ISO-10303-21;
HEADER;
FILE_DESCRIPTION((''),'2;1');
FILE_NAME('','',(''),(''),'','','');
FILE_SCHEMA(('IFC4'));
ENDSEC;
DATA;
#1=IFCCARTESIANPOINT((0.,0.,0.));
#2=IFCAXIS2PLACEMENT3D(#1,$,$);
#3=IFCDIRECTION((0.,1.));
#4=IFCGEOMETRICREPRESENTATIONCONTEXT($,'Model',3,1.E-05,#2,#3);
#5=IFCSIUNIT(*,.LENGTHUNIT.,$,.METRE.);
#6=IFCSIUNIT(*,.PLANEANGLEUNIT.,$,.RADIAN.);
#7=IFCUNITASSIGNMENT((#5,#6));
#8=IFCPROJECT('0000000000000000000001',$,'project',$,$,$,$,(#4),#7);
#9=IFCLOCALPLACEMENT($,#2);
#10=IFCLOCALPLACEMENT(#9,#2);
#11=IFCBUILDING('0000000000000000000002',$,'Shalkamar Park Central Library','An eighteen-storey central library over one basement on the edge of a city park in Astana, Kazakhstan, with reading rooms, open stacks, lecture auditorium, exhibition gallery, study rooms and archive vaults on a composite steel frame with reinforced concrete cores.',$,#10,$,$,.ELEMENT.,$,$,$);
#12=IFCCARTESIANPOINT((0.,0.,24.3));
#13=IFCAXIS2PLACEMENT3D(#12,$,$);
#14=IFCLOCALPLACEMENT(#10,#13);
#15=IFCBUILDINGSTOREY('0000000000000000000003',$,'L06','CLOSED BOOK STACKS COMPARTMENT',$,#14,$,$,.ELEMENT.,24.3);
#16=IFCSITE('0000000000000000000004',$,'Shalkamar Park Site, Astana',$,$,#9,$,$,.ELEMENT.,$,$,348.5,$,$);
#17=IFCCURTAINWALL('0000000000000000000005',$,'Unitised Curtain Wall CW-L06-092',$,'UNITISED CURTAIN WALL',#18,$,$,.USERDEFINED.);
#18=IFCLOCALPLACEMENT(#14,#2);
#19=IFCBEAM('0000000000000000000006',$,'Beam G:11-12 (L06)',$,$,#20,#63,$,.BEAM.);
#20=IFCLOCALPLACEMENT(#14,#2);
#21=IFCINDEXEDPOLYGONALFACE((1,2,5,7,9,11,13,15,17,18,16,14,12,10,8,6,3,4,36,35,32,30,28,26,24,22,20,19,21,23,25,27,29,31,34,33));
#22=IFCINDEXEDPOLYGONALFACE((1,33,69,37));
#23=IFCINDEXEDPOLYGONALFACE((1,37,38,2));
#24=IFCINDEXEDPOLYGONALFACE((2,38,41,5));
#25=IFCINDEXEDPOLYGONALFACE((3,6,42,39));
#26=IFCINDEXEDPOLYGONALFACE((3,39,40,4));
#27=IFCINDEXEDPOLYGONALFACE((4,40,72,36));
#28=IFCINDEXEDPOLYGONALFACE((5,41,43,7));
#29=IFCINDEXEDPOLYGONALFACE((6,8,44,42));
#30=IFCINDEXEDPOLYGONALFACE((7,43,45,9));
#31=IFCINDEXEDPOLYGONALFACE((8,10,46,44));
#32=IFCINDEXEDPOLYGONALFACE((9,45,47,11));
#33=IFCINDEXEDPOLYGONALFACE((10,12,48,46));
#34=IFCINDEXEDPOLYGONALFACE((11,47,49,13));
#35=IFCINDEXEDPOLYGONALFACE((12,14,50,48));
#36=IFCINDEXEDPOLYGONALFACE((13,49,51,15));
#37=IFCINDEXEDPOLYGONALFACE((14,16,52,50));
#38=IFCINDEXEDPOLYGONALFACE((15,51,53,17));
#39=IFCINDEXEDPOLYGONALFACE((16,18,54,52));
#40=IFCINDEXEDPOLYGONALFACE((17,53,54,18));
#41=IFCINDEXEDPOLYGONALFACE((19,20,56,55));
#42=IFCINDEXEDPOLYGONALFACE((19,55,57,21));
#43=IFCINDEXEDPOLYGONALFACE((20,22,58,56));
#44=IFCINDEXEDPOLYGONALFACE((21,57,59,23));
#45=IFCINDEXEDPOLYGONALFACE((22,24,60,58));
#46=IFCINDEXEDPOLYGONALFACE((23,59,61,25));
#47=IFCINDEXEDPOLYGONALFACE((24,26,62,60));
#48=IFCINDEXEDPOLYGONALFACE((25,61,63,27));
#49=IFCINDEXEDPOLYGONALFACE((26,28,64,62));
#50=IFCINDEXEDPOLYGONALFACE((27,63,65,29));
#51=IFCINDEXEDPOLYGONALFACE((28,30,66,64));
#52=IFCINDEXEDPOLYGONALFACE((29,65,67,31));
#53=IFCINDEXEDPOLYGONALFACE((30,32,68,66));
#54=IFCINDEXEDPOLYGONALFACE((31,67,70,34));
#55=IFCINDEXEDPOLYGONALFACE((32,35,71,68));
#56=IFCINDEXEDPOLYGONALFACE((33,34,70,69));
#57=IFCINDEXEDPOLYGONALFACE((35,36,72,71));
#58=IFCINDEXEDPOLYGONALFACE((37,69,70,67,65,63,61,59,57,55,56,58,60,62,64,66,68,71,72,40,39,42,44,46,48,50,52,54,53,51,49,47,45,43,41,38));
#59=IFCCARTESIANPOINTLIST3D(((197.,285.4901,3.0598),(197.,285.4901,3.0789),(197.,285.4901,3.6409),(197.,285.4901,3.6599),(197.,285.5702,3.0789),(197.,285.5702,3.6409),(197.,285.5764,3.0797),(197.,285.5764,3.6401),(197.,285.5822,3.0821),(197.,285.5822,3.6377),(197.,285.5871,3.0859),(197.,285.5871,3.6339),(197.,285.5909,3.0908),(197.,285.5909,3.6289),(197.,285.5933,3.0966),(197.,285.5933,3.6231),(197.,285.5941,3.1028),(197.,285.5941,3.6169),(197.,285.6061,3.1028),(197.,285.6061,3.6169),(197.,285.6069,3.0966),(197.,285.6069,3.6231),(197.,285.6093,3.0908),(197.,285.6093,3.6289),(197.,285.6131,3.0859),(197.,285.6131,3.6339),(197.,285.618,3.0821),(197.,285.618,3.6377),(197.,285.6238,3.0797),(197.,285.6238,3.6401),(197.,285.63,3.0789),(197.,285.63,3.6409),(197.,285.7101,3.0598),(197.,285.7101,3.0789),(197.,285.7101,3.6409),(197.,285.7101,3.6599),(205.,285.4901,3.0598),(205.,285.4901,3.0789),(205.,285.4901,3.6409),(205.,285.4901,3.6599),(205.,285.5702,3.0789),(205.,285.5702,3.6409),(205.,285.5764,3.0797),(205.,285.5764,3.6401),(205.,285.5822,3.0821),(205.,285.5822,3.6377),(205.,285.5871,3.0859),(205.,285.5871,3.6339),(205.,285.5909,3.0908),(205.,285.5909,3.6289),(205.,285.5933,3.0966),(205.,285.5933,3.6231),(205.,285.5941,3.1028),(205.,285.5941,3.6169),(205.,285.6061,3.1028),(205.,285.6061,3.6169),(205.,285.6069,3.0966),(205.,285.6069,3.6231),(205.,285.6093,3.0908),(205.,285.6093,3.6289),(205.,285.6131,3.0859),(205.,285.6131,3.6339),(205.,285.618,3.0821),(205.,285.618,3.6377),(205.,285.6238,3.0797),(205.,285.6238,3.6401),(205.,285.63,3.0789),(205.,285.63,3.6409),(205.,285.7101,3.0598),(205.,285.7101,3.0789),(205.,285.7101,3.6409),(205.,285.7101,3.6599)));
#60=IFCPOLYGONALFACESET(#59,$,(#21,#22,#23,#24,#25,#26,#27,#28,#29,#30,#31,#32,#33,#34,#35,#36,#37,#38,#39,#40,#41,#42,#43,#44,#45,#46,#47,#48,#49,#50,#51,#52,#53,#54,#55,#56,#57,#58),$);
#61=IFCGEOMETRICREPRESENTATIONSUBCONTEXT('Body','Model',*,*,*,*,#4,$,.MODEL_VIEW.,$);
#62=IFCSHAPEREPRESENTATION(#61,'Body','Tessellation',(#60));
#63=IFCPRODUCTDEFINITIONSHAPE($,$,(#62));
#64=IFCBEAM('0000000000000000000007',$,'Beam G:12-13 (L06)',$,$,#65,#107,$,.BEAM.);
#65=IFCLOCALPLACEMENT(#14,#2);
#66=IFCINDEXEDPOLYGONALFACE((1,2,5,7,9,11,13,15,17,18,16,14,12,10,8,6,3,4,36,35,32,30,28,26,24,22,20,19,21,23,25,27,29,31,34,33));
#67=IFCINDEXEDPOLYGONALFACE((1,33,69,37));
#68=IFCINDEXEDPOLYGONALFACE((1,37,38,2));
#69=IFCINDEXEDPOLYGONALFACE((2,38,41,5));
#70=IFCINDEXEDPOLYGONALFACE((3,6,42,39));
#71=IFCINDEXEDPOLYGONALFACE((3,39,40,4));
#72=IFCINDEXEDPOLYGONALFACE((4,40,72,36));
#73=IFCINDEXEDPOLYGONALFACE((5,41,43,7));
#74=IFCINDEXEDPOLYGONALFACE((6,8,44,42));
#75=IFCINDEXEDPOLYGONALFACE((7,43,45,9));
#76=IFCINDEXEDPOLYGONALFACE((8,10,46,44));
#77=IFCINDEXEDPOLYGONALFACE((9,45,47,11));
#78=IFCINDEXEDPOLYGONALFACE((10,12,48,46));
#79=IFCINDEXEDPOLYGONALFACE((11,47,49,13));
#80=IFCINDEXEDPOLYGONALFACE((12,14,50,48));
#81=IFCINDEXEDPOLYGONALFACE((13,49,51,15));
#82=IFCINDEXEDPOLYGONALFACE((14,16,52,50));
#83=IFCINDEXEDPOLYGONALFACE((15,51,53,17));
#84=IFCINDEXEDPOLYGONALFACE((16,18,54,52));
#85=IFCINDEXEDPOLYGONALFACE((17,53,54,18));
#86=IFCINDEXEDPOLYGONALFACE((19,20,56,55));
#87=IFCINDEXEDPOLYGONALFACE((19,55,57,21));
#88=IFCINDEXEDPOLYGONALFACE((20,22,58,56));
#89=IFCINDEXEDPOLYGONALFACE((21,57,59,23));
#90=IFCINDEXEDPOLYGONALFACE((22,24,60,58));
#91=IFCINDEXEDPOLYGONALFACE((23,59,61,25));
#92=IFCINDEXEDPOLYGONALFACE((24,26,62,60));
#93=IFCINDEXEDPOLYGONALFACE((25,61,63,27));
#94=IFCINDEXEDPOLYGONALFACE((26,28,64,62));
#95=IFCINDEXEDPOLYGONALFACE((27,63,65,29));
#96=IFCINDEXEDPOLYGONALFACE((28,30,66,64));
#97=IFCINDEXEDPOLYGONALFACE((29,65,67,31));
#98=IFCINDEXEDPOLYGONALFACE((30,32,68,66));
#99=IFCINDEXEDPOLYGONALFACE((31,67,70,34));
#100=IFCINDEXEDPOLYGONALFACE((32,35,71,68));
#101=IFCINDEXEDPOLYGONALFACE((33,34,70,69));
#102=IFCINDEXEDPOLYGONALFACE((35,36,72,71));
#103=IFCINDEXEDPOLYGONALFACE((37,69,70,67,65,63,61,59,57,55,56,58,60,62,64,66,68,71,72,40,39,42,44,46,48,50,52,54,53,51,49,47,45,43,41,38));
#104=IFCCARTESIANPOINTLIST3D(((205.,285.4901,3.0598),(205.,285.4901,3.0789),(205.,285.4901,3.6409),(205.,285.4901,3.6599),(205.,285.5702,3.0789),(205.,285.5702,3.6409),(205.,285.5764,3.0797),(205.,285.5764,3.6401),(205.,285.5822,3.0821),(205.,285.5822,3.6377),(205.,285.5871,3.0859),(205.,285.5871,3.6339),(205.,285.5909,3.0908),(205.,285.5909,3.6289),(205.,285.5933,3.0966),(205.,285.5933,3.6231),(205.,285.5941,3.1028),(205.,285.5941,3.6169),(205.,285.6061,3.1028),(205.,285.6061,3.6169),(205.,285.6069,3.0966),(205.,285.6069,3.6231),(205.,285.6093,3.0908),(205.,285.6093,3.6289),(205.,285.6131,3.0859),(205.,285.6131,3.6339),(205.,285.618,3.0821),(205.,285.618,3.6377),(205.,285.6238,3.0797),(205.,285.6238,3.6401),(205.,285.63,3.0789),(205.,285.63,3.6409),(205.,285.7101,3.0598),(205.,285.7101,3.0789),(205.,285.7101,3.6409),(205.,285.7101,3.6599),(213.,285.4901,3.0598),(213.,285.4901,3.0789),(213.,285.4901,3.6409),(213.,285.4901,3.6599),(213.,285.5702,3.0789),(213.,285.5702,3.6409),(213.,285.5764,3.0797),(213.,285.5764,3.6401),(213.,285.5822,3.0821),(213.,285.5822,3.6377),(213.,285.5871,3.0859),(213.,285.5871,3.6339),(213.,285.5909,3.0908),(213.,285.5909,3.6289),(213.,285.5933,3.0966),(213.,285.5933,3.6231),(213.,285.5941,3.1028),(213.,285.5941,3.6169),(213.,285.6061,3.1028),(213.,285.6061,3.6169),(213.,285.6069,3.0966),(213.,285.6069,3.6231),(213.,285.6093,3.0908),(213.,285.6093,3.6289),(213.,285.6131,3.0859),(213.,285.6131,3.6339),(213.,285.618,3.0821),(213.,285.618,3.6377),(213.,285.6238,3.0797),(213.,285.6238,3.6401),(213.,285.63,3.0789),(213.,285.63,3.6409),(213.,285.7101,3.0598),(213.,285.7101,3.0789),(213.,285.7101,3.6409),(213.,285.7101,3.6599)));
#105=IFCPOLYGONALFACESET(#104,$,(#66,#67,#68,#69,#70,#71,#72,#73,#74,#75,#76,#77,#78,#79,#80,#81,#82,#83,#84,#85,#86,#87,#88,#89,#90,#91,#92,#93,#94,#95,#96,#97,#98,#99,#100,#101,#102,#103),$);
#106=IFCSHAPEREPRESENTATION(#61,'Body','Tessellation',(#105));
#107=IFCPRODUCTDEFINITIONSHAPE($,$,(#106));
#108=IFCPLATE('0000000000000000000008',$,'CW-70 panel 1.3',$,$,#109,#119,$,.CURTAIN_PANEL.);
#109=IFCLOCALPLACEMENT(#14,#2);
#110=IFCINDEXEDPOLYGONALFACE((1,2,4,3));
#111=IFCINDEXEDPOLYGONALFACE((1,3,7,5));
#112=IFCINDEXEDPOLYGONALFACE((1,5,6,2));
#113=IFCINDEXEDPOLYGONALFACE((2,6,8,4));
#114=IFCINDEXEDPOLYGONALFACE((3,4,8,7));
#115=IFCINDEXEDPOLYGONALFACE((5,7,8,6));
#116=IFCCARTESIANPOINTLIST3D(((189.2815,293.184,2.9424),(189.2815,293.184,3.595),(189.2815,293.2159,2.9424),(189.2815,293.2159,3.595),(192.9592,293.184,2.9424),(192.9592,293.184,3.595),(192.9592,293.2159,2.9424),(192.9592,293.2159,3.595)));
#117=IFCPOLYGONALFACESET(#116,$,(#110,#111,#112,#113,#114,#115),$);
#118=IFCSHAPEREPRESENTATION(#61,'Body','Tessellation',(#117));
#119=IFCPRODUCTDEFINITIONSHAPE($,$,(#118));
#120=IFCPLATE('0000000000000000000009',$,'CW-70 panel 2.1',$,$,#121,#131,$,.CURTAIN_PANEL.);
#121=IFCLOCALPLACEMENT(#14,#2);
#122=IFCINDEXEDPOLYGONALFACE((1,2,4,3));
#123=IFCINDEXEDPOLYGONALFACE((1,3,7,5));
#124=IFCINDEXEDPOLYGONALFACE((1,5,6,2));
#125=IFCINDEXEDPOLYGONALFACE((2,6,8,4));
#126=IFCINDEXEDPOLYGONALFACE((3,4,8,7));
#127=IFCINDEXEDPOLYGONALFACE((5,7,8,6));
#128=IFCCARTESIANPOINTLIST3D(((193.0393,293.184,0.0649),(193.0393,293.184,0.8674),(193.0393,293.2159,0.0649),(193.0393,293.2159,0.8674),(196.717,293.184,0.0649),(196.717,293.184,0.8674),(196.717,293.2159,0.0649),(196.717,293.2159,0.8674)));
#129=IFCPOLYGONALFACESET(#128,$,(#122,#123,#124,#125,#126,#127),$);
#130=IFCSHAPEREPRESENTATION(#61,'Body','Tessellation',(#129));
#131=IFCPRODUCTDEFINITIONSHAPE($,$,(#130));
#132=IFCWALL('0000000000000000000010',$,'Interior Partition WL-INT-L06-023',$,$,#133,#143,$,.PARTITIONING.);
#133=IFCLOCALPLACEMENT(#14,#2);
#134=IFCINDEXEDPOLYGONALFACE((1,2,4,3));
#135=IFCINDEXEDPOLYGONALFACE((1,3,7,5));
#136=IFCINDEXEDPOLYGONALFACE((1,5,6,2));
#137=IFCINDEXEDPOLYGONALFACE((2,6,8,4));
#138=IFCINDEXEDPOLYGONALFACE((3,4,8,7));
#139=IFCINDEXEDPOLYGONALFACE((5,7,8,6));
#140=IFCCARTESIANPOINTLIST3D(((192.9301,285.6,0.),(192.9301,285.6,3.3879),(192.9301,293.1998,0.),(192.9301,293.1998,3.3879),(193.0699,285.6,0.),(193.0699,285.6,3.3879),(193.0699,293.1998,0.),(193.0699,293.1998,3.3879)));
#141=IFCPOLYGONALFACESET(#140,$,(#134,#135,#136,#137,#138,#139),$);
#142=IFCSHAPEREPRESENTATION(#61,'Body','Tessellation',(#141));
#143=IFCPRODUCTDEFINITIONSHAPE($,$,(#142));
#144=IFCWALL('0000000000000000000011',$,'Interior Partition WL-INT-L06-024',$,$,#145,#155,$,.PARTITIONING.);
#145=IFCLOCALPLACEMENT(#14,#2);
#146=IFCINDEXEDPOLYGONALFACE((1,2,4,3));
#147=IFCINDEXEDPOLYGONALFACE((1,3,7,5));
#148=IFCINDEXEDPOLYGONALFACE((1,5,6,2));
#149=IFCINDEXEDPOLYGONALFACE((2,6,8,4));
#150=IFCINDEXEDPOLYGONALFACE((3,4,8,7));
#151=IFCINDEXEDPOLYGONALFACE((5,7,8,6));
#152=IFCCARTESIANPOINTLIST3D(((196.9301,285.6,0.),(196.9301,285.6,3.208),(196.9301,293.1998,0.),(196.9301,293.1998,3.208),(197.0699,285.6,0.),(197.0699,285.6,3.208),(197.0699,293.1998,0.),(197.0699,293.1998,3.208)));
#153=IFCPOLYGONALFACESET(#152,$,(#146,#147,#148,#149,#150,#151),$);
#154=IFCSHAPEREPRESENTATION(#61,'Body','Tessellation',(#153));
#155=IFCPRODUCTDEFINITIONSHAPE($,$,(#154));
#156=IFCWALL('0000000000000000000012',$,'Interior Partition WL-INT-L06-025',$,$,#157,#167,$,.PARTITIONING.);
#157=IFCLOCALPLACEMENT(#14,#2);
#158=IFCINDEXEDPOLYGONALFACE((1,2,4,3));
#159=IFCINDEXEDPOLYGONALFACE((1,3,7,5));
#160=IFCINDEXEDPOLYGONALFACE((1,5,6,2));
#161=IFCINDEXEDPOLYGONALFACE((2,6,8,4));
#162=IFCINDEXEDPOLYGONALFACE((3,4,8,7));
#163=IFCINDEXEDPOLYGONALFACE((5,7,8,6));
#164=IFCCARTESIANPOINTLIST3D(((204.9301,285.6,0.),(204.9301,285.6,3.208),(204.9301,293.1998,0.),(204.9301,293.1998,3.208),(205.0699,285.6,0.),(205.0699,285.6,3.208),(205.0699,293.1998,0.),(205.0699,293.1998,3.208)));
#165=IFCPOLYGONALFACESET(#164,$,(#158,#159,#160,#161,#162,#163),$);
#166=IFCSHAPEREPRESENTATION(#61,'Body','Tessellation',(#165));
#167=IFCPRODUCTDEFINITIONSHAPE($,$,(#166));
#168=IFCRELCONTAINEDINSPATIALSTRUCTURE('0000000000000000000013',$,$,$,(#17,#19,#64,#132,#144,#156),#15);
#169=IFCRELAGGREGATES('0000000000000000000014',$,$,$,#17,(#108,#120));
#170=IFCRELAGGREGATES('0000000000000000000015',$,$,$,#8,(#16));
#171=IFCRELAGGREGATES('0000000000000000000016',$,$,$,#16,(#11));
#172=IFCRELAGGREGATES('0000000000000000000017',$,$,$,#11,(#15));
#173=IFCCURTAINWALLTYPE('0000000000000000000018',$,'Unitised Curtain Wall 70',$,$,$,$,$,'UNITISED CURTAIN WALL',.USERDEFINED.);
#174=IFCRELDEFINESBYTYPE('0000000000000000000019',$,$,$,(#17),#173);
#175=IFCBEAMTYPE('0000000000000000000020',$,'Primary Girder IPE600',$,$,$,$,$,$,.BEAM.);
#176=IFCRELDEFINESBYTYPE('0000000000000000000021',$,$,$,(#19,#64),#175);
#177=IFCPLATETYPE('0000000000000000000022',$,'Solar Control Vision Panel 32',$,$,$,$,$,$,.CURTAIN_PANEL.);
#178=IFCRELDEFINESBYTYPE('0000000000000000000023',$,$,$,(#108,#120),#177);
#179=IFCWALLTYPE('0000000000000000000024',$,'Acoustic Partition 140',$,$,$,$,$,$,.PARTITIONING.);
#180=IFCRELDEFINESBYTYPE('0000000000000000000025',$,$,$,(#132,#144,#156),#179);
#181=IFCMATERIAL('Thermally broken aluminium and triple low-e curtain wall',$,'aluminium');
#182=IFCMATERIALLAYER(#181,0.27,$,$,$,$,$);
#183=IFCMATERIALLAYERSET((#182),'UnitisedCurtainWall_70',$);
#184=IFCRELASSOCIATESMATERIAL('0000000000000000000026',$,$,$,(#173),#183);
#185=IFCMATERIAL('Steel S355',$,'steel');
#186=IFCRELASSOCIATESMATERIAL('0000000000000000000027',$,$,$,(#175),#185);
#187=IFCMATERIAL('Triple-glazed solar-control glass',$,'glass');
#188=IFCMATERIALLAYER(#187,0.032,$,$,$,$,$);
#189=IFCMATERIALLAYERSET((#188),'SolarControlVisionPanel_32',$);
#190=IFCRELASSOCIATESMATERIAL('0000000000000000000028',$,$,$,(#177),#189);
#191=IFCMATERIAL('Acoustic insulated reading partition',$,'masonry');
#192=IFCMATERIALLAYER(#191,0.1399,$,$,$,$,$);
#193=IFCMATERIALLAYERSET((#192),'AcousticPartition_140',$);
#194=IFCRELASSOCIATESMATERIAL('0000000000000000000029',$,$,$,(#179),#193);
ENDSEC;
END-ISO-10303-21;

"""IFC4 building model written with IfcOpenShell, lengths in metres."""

from ifc_helpers import new_model, si_unit, direction, frame, frame_2d, origin, origin_2d, place, context, subcontext, project, spatial, rectangle, i_section, extrude, material, layer, layer_set, material_profile, profile_set, type_object, element, aggregate, save


model = new_model("IFC4")

# Units and contexts
model_context = context("Model", 3, precision=1e-05, world=origin(), true_north=direction((0.0, 1.0)))
body_context = subcontext(model_context, "Body", "Model", "MODEL_VIEW")
ifc_project = project(units=[si_unit("LENGTHUNIT", "METRE"), si_unit("PLANEANGLEUNIT", "RADIAN")], contexts=[model_context])

# Site, building, storey
site_placement = place(None, origin())
site = spatial("IfcSite", under=ifc_project, at=site_placement, Name="Shalkamar Park Site, Astana", CompositionType="ELEMENT", RefElevation=348.5)
building_placement = place(site_placement, origin())
building = spatial("IfcBuilding", under=site, at=building_placement, Name="Shalkamar Park Central Library", Description="An eighteen-storey central library over one basement on the edge of a city park in Astana, Kazakhstan, with reading rooms, open stacks, lecture auditorium, exhibition gallery, study rooms and archive vaults on a composite steel frame with reinforced concrete cores.", CompositionType="ELEMENT")
storey_placement = place(building_placement, frame((0.0, 0.0, 24.3)))
storey = spatial("IfcBuildingStorey", under=building, at=storey_placement, Name="L06", Description="CLOSED BOOK STACKS COMPARTMENT", CompositionType="ELEMENT", Elevation=24.3)

# Shared definitions
ifc_material_1 = material(Name="Steel S355", Category="steel")

# Curtain wall
ifc_material_2 = material(Name="Thermally broken aluminium and triple low-e curtain wall", Category="aluminium")
ifc_layer_1 = layer(ifc_material_2, 0.27)
ifc_layer_set_1 = layer_set([ifc_layer_1], Name="UnitisedCurtainWall_70")
curtain_wall_type = type_object("IfcCurtainWallType", Name="Unitised Curtain Wall 70", ElementType="UNITISED CURTAIN WALL", PredefinedType="USERDEFINED", material=ifc_layer_set_1)
curtain_wall_placement = place(storey_placement, origin())
curtain_wall = element("IfcCurtainWall", 1, at=curtain_wall_placement, inside=storey, type_object=curtain_wall_type, Name="Unitised Curtain Wall CW-L06-092", ObjectType="UNITISED CURTAIN WALL", PredefinedType="USERDEFINED")

# Beams
ifc_material_profile_1 = material_profile(ifc_material_1, i_section(OverallWidth=0.22, OverallDepth=0.6001, WebThickness=0.012, FlangeThickness=0.019, FilletRadius=0.0239, at=origin_2d()), Name="IPE 600")
ifc_profile_set_1 = profile_set([ifc_material_profile_1], Name="Steel S355")
beam_type_1 = type_object("IfcBeamType", Name="Primary Girder IPE600", PredefinedType="BEAM", material=ifc_profile_set_1)
for number, where, z_axis, x_axis, name in (
    (2, (197.0, 285.6001, 3.3599), (1.0, 0.0, 0.0), (0.0, 1.0, 0.0), "Beam G:11-12 (L06)"),
    (3, (205.0, 285.6001, 3.3599), (1.0, 0.0, 0.0), (0.0, 1.0, 0.0), "Beam G:12-13 (L06)"),
):
    element("IfcBeam", number, at=place(storey_placement, frame(where, z_axis=z_axis, x_axis=x_axis)), inside=storey, type_object=beam_type_1, Name=name, PredefinedType="BEAM", context=body_context, shape_type="SweptSolid", body=[
        extrude(i_section(OverallWidth=0.22, OverallDepth=0.6001, WebThickness=0.012, FlangeThickness=0.019, FilletRadius=0.0239, at=origin_2d()), origin(), (0.0, 0.0, 1.0), 8.0),
    ])

# Plates
ifc_material_3 = material(Name="Triple-glazed solar-control glass", Category="glass")
ifc_layer_2 = layer(ifc_material_3, 0.032)
ifc_layer_set_2 = layer_set([ifc_layer_2], Name="SolarControlVisionPanel_32")
plate_type = type_object("IfcPlateType", Name="Solar Control Vision Panel 32", PredefinedType="CURTAIN_PANEL", material=ifc_layer_set_2)
plate_1_placement = place(storey_placement, frame((191.1204, 293.2, 2.9424), z_axis=(0.0, 0.0, 1.0), x_axis=(1.0, 0.0, 0.0)))
plate_1 = element("IfcPlate", 4, at=plate_1_placement, type_object=plate_type, Name="CW-70 panel 1.3", PredefinedType="CURTAIN_PANEL", context=body_context, shape_type="SweptSolid", body=[
    extrude(rectangle(XDim=3.6777, YDim=0.032, at=origin_2d()), origin(), (0.0, 0.0, 1.0), 0.6526),
])
plate_2_placement = place(storey_placement, frame((194.8782, 293.2, 0.0649), z_axis=(0.0, 0.0, 1.0), x_axis=(1.0, 0.0, 0.0)))
plate_2 = element("IfcPlate", 5, at=plate_2_placement, type_object=plate_type, Name="CW-70 panel 2.1", PredefinedType="CURTAIN_PANEL", context=body_context, shape_type="SweptSolid", body=[
    extrude(rectangle(XDim=3.6777, YDim=0.032, at=origin_2d()), origin(), (0.0, 0.0, 1.0), 0.8025),
])
aggregate(curtain_wall, [plate_1, plate_2])

# Walls
ifc_material_4 = material(Name="Acoustic insulated reading partition", Category="masonry")
ifc_layer_3 = layer(ifc_material_4, 0.1399)
ifc_layer_set_3 = layer_set([ifc_layer_3], Name="AcousticPartition_140")
wall_type = type_object("IfcWallType", Name="Acoustic Partition 140", PredefinedType="PARTITIONING", material=ifc_layer_set_3)
wall_placement = place(storey_placement, frame((193.0, 285.6001, 0.0), z_axis=(0.0, 0.0, 1.0), x_axis=(0.0, 1.0, 0.0)))
element("IfcWall", 6, at=wall_placement, inside=storey, type_object=wall_type, Name="Interior Partition WL-INT-L06-023", PredefinedType="PARTITIONING", context=body_context, shape_type="SweptSolid", body=[
    extrude(rectangle(XDim=7.5999, YDim=0.1399, at=frame_2d((3.7998, 0.0))), origin(), (0.0, 0.0, 1.0), 3.3879),
])
for number, where, z_axis, x_axis, name in (
    (7, (197.0, 285.6001, 0.0), (0.0, 0.0, 1.0), (0.0, 1.0, 0.0), "Interior Partition WL-INT-L06-024"),
    (8, (205.0, 285.6001, 0.0), (0.0, 0.0, 1.0), (0.0, 1.0, 0.0), "Interior Partition WL-INT-L06-025"),
):
    element("IfcWall", number, at=place(storey_placement, frame(where, z_axis=z_axis, x_axis=x_axis)), inside=storey, type_object=wall_type, Name=name, PredefinedType="PARTITIONING", context=body_context, shape_type="SweptSolid", body=[
        extrude(rectangle(XDim=7.5999, YDim=0.1399, at=frame_2d((3.7998, 0.0))), origin(), (0.0, 0.0, 1.0), 3.208),
    ])

save(model, "model.ifc")
